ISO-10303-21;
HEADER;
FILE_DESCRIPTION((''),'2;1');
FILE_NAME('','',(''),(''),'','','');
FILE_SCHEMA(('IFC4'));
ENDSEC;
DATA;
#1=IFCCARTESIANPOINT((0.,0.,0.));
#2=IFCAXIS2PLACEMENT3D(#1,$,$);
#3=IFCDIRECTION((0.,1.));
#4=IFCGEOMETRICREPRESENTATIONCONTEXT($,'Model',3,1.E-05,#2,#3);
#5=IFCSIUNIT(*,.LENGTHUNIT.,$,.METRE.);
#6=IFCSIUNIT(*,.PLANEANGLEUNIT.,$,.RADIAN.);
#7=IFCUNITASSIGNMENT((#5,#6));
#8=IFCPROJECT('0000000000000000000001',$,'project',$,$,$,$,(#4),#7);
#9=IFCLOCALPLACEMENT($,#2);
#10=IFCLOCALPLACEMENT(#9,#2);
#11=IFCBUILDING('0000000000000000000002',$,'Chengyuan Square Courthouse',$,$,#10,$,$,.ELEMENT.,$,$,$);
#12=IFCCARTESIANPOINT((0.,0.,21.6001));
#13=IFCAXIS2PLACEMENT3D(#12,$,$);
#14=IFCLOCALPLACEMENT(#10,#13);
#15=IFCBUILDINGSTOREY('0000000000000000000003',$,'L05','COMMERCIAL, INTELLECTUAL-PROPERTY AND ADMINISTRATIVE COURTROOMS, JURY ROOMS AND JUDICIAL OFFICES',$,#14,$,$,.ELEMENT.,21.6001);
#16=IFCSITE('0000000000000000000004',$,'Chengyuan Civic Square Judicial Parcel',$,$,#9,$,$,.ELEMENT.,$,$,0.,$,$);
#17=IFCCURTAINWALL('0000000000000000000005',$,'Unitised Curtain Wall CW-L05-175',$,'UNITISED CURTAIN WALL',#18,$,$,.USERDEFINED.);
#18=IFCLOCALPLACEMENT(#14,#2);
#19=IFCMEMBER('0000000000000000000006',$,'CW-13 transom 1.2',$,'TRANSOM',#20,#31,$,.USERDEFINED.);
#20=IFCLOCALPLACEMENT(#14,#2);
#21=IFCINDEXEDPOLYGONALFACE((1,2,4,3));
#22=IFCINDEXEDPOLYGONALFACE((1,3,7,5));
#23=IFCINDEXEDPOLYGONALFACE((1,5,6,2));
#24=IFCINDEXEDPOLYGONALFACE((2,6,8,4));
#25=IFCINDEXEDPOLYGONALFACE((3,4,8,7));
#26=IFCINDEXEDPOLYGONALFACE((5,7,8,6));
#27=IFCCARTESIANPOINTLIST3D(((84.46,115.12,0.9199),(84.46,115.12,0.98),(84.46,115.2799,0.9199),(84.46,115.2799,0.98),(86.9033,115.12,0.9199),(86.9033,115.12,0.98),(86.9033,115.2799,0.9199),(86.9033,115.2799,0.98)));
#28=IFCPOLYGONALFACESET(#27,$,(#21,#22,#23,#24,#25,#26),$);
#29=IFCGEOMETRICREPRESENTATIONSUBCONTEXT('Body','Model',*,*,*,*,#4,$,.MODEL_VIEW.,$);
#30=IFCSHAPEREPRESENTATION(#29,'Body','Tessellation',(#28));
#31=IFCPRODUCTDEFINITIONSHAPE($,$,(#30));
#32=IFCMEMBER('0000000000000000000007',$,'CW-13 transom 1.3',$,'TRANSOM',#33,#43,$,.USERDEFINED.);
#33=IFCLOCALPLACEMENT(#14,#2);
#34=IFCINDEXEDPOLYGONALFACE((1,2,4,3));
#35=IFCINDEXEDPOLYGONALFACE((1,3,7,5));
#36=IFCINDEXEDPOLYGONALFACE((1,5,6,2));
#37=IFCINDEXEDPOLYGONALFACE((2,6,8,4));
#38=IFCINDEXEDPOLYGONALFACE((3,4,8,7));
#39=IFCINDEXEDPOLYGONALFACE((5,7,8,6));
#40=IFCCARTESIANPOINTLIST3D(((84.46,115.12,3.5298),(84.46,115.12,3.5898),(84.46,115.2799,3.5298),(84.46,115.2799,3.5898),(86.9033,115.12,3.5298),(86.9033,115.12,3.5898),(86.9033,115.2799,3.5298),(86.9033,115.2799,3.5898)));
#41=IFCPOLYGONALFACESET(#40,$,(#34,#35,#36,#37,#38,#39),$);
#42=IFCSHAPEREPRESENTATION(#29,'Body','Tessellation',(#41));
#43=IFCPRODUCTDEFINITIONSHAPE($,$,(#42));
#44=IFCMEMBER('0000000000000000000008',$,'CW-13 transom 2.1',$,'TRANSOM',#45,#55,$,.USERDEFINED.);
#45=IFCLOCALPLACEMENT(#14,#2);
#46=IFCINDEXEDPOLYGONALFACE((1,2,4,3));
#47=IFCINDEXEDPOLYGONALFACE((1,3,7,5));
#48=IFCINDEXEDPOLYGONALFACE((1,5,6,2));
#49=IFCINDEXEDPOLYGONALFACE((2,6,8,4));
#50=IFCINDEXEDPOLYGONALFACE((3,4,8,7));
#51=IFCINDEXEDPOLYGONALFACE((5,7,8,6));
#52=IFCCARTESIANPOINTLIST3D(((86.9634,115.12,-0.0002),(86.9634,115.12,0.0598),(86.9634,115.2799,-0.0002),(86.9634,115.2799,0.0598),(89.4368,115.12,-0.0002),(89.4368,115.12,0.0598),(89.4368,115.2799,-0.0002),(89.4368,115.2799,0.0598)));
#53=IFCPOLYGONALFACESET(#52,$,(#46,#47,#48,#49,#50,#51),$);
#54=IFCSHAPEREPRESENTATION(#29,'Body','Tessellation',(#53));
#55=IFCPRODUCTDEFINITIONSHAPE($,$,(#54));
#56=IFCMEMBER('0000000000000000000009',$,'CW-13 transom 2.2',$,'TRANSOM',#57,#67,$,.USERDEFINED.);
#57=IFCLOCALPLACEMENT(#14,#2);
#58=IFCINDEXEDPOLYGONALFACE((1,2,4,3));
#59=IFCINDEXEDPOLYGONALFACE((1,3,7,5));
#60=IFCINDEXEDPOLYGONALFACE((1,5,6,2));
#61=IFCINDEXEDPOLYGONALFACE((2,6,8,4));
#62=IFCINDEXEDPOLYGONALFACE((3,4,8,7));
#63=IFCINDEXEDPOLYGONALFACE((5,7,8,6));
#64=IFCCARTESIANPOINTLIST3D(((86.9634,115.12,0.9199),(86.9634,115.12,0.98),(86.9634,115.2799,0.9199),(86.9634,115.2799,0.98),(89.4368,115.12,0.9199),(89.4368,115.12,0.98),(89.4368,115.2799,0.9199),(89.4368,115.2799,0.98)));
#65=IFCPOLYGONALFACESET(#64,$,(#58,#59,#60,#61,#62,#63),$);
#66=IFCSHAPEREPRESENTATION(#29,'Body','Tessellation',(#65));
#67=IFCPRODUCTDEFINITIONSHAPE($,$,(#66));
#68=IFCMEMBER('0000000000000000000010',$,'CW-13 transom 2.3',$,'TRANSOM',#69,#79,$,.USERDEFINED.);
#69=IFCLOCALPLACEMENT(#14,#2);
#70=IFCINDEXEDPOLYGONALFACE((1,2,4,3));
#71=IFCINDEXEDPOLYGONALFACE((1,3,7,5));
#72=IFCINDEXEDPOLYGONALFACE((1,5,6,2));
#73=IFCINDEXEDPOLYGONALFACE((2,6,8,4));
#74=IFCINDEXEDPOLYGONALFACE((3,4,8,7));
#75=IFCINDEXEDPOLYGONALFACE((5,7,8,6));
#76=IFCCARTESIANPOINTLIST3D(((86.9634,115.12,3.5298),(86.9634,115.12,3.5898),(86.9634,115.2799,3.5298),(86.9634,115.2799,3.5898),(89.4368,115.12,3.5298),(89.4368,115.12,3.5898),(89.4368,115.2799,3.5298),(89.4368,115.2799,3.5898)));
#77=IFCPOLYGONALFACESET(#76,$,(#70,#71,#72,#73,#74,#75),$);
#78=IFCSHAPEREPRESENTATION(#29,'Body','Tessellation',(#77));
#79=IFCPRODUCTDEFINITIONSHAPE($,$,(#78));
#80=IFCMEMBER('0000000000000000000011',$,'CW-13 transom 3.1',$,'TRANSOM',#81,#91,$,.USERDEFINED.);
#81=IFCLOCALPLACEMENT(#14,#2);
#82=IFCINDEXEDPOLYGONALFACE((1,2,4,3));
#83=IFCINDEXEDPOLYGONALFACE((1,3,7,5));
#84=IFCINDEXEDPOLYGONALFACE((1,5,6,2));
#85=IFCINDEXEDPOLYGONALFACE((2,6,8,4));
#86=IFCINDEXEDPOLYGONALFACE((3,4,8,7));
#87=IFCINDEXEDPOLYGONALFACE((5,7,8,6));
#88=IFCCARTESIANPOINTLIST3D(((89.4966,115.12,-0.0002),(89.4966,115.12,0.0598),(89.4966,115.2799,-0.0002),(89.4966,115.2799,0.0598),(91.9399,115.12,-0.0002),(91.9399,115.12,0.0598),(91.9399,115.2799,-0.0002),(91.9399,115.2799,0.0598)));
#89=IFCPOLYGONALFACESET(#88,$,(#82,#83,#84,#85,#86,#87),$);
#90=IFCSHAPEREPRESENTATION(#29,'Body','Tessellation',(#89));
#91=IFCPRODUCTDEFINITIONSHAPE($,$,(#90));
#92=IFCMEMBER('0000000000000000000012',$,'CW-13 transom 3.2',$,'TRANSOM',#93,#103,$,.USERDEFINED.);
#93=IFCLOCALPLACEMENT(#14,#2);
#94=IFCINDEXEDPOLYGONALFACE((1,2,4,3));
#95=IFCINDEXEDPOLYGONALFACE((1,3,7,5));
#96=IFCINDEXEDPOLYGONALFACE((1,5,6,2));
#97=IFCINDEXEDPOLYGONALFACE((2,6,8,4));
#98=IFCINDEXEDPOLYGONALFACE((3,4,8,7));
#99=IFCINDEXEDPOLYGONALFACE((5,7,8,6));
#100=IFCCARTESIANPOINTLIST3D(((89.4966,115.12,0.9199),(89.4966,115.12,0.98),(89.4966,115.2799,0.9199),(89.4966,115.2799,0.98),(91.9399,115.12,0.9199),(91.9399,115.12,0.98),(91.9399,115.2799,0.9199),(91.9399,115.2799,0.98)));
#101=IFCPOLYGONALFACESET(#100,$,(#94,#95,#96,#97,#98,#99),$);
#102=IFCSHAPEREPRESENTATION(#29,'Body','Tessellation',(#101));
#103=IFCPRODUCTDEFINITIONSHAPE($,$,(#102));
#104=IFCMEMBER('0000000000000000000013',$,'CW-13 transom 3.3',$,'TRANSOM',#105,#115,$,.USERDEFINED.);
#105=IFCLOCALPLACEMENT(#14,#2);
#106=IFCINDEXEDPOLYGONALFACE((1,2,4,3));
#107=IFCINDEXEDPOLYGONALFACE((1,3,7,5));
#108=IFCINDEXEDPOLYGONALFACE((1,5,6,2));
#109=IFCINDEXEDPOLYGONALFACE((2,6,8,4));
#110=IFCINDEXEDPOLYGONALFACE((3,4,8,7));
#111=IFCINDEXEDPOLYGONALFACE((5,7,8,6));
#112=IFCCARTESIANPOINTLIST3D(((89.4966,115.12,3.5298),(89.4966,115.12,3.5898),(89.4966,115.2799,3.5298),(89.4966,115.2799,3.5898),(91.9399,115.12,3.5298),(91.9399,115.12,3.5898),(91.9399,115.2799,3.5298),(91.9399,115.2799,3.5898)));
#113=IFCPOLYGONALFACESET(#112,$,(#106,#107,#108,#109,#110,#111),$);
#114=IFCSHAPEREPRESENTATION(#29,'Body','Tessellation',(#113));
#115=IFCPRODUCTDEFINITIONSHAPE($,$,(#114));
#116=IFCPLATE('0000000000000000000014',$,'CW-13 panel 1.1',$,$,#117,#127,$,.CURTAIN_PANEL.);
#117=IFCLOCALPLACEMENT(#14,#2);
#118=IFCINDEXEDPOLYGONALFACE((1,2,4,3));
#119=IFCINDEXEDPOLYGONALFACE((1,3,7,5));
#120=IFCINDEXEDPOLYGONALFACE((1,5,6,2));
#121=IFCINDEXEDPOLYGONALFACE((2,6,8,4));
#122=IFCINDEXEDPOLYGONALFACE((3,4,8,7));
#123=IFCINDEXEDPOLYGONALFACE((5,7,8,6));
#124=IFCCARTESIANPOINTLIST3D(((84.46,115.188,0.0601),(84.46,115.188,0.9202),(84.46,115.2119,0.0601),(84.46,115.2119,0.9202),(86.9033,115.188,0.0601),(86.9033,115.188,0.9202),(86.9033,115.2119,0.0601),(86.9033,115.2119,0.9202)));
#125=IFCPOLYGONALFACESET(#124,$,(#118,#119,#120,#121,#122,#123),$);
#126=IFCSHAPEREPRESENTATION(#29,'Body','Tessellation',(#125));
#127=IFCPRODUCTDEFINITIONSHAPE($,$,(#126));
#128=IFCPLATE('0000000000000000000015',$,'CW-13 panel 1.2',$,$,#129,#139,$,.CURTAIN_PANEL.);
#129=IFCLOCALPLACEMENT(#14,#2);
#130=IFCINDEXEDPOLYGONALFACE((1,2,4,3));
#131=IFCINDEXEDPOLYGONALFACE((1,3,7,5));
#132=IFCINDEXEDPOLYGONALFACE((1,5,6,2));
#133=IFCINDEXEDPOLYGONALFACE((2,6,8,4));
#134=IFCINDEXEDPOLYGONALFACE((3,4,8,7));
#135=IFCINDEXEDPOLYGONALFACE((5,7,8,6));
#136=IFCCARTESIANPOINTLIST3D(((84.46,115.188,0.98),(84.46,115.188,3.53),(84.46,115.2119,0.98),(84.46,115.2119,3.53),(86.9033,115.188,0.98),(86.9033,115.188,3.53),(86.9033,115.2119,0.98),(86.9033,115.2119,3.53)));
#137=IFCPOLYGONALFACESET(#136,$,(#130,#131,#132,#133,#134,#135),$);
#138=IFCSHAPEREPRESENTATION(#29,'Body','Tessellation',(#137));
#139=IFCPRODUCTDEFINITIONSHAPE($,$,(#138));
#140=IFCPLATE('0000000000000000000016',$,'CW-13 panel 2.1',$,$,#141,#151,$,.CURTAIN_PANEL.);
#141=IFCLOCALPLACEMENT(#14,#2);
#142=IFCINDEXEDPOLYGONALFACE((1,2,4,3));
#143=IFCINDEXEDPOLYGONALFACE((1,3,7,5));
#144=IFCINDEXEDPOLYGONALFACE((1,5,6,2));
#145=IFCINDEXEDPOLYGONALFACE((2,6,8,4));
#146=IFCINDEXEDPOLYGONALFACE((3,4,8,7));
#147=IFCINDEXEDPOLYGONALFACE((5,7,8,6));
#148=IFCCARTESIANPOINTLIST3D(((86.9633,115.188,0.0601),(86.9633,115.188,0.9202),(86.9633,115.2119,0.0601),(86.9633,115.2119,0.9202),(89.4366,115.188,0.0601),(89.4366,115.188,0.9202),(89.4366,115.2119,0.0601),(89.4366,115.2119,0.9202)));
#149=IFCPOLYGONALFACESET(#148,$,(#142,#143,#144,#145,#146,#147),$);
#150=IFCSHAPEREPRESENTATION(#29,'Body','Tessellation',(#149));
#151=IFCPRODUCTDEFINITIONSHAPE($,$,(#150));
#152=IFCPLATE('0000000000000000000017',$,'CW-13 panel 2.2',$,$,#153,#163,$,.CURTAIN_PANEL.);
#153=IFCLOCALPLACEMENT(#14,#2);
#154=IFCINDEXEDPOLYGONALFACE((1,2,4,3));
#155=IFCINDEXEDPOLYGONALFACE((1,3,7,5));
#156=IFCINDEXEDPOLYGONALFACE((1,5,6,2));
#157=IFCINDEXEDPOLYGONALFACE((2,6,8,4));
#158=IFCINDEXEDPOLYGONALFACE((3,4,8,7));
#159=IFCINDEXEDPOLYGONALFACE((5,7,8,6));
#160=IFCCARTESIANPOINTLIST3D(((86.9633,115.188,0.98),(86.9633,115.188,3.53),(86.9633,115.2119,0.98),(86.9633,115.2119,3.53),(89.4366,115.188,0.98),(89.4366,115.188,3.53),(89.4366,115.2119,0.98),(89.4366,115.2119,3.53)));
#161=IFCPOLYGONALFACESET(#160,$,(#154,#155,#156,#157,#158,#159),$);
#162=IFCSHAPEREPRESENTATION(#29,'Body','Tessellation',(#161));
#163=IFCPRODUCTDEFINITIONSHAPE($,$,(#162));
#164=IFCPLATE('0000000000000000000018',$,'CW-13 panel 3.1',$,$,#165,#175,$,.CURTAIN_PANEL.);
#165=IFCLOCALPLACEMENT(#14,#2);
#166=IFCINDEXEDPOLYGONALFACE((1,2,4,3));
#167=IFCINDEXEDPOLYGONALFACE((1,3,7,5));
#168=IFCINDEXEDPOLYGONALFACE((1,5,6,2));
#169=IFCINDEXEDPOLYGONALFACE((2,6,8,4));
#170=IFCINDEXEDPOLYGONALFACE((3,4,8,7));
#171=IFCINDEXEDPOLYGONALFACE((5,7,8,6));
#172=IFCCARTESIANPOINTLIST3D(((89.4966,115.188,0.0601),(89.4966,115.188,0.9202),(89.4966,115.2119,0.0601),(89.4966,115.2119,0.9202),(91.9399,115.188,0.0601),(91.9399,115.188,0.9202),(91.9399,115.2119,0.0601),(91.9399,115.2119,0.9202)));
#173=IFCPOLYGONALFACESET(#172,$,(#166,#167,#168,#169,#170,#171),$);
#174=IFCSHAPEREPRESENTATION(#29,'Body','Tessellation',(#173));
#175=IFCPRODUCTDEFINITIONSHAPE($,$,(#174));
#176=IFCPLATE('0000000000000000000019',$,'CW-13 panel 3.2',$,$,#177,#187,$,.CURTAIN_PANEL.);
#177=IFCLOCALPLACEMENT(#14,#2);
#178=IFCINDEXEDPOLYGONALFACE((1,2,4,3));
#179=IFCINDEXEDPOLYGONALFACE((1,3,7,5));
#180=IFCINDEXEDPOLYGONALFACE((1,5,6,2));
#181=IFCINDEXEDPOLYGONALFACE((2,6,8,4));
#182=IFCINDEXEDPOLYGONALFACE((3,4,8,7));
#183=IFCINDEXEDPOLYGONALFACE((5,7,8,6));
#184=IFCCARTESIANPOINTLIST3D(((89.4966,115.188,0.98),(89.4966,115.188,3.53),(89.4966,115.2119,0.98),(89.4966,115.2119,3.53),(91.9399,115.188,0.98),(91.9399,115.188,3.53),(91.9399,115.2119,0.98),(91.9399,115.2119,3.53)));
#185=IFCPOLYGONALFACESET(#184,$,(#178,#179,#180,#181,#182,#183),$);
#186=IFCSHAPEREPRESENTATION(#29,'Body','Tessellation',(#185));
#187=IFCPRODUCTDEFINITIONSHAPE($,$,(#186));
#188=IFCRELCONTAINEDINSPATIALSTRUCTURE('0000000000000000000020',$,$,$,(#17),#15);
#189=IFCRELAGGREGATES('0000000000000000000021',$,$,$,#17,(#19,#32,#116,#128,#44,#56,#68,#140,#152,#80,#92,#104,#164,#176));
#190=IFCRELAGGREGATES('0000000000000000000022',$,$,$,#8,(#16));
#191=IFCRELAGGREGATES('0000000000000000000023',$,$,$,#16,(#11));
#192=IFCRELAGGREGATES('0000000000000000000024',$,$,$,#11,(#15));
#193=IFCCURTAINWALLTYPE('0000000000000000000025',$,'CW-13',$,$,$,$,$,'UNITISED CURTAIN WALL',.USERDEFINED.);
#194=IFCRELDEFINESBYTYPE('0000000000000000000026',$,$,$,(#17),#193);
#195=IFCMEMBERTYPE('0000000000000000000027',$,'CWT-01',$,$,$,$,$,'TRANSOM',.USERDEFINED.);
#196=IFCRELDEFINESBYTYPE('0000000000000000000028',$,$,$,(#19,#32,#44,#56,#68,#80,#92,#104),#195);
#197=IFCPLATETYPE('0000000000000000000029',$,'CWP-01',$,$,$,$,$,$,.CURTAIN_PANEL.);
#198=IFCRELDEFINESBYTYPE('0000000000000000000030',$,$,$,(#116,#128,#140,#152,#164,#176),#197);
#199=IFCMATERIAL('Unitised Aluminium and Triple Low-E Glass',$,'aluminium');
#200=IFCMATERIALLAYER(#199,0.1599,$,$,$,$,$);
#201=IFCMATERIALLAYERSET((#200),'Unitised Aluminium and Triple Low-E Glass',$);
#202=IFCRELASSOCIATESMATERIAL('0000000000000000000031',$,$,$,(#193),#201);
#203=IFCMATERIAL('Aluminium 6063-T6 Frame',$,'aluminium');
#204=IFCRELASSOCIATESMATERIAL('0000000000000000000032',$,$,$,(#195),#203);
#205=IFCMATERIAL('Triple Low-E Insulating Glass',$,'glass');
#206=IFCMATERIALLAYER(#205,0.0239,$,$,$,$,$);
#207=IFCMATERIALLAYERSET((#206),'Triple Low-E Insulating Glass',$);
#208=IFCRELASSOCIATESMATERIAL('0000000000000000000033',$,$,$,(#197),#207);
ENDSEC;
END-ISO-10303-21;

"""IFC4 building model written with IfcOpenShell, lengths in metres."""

from ifc_helpers import new_model, si_unit, direction, frame, origin, origin_2d, place, context, subcontext, project, spatial, rectangle, extrude, material, layer, layer_set, material_profile, profile_set, type_object, element, aggregate, save


model = new_model("IFC4")

# Units and contexts
model_context = context("Model", 3, precision=1e-05, world=origin(), true_north=direction((0.0, 1.0)))
body_context = subcontext(model_context, "Body", "Model", "MODEL_VIEW")
ifc_project = project(units=[si_unit("LENGTHUNIT", "METRE"), si_unit("PLANEANGLEUNIT", "RADIAN")], contexts=[model_context])

# Site, building, storey
site_placement = place(None, origin())
site = spatial("IfcSite", under=ifc_project, at=site_placement, Name="Chengyuan Civic Square Judicial Parcel", CompositionType="ELEMENT", RefElevation=0.0)
building_placement = place(site_placement, origin())
building = spatial("IfcBuilding", under=site, at=building_placement, Name="Chengyuan Square Courthouse", CompositionType="ELEMENT")
storey_placement = place(building_placement, frame((0.0, 0.0, 21.6001)))
storey = spatial("IfcBuildingStorey", under=building, at=storey_placement, Name="L05", Description="COMMERCIAL, INTELLECTUAL-PROPERTY AND ADMINISTRATIVE COURTROOMS, JURY ROOMS AND JUDICIAL OFFICES", CompositionType="ELEMENT", Elevation=21.6001)

# Curtain wall, members, plates
ifc_material_1 = material(Name="Unitised Aluminium and Triple Low-E Glass", Category="aluminium")
ifc_layer_1 = layer(ifc_material_1, 0.1599)
ifc_layer_set_1 = layer_set([ifc_layer_1], Name="Unitised Aluminium and Triple Low-E Glass")
curtain_wall_type = type_object("IfcCurtainWallType", Name="CW-13", ElementType="UNITISED CURTAIN WALL", PredefinedType="USERDEFINED", material=ifc_layer_set_1)
curtain_wall_placement = place(storey_placement, origin())
curtain_wall = element("IfcCurtainWall", 1, at=curtain_wall_placement, inside=storey, type_object=curtain_wall_type, Name="Unitised Curtain Wall CW-L05-175", ObjectType="UNITISED CURTAIN WALL", PredefinedType="USERDEFINED")
ifc_material_2 = material(Name="Aluminium 6063-T6 Frame", Category="aluminium")
ifc_material_profile_1 = material_profile(ifc_material_2, rectangle(XDim=0.1599, YDim=0.0601, at=origin_2d()), Name="CW-TRN-60x120")
ifc_profile_set_1 = profile_set([ifc_material_profile_1], Name="Aluminium 6063-T6 Frame")
member_type_1 = type_object("IfcMemberType", Name="CWT-01", ElementType="TRANSOM", PredefinedType="USERDEFINED", material=ifc_profile_set_1)
member_1_placement = place(storey_placement, frame((84.46, 115.2, 0.95), z_axis=(1.0, 0.0, 0.0), x_axis=(0.0, 1.0, 0.0)))
member_1 = element("IfcMember", 2, at=member_1_placement, type_object=member_type_1, Name="CW-13 transom 1.2", ObjectType="TRANSOM", PredefinedType="USERDEFINED", context=body_context, shape_type="SweptSolid", body=[
    extrude(rectangle(XDim=0.1599, YDim=0.0601, at=origin_2d()), origin(), (0.0, 0.0, 1.0), 2.4434),
])
member_2_placement = place(storey_placement, frame((84.46, 115.2, 3.5598), z_axis=(1.0, 0.0, 0.0), x_axis=(0.0, 1.0, 0.0)))
member_2 = element("IfcMember", 3, at=member_2_placement, type_object=member_type_1, Name="CW-13 transom 1.3", ObjectType="TRANSOM", PredefinedType="USERDEFINED", context=body_context, shape_type="SweptSolid", body=[
    extrude(rectangle(XDim=0.1599, YDim=0.0601, at=origin_2d()), origin(), (0.0, 0.0, 1.0), 2.4434),
])
member_3_placement = place(storey_placement, frame((86.9634, 115.2, 0.0298), z_axis=(1.0, 0.0, 0.0), x_axis=(0.0, 1.0, 0.0)))
member_3 = element("IfcMember", 4, at=member_3_placement, type_object=member_type_1, Name="CW-13 transom 2.1", ObjectType="TRANSOM", PredefinedType="USERDEFINED", context=body_context, shape_type="SweptSolid", body=[
    extrude(rectangle(XDim=0.1599, YDim=0.0601, at=origin_2d()), origin(), (0.0, 0.0, 1.0), 2.4734),
])
member_4_placement = place(storey_placement, frame((86.9634, 115.2, 0.95), z_axis=(1.0, 0.0, 0.0), x_axis=(0.0, 1.0, 0.0)))
member_4 = element("IfcMember", 5, at=member_4_placement, type_object=member_type_1, Name="CW-13 transom 2.2", ObjectType="TRANSOM", PredefinedType="USERDEFINED", context=body_context, shape_type="SweptSolid", body=[
    extrude(rectangle(XDim=0.1599, YDim=0.0601, at=origin_2d()), origin(), (0.0, 0.0, 1.0), 2.4734),
])
member_5_placement = place(storey_placement, frame((86.9634, 115.2, 3.5598), z_axis=(1.0, 0.0, 0.0), x_axis=(0.0, 1.0, 0.0)))
member_5 = element("IfcMember", 6, at=member_5_placement, type_object=member_type_1, Name="CW-13 transom 2.3", ObjectType="TRANSOM", PredefinedType="USERDEFINED", context=body_context, shape_type="SweptSolid", body=[
    extrude(rectangle(XDim=0.1599, YDim=0.0601, at=origin_2d()), origin(), (0.0, 0.0, 1.0), 2.4734),
])
member_6_placement = place(storey_placement, frame((89.4966, 115.2, 0.0298), z_axis=(1.0, 0.0, 0.0), x_axis=(0.0, 1.0, 0.0)))
member_6 = element("IfcMember", 7, at=member_6_placement, type_object=member_type_1, Name="CW-13 transom 3.1", ObjectType="TRANSOM", PredefinedType="USERDEFINED", context=body_context, shape_type="SweptSolid", body=[
    extrude(rectangle(XDim=0.1599, YDim=0.0601, at=origin_2d()), origin(), (0.0, 0.0, 1.0), 2.4434),
])
member_7_placement = place(storey_placement, frame((89.4966, 115.2, 0.95), z_axis=(1.0, 0.0, 0.0), x_axis=(0.0, 1.0, 0.0)))
member_7 = element("IfcMember", 8, at=member_7_placement, type_object=member_type_1, Name="CW-13 transom 3.2", ObjectType="TRANSOM", PredefinedType="USERDEFINED", context=body_context, shape_type="SweptSolid", body=[
    extrude(rectangle(XDim=0.1599, YDim=0.0601, at=origin_2d()), origin(), (0.0, 0.0, 1.0), 2.4434),
])
member_8_placement = place(storey_placement, frame((89.4966, 115.2, 3.5598), z_axis=(1.0, 0.0, 0.0), x_axis=(0.0, 1.0, 0.0)))
member_8 = element("IfcMember", 9, at=member_8_placement, type_object=member_type_1, Name="CW-13 transom 3.3", ObjectType="TRANSOM", PredefinedType="USERDEFINED", context=body_context, shape_type="SweptSolid", body=[
    extrude(rectangle(XDim=0.1599, YDim=0.0601, at=origin_2d()), origin(), (0.0, 0.0, 1.0), 2.4434),
])
ifc_material_3 = material(Name="Triple Low-E Insulating Glass", Category="glass")
ifc_layer_2 = layer(ifc_material_3, 0.0239)
ifc_layer_set_2 = layer_set([ifc_layer_2], Name="Triple Low-E Insulating Glass")
plate_type = type_object("IfcPlateType", Name="CWP-01", PredefinedType="CURTAIN_PANEL", material=ifc_layer_set_2)
plate_1_placement = place(storey_placement, frame((85.6816, 115.2, 0.0601), z_axis=(0.0, 0.0, 1.0), x_axis=(1.0, 0.0, 0.0)))
plate_1 = element("IfcPlate", 10, at=plate_1_placement, type_object=plate_type, Name="CW-13 panel 1.1", PredefinedType="CURTAIN_PANEL", context=body_context, shape_type="SweptSolid", body=[
    extrude(rectangle(XDim=2.4434, YDim=0.0239, at=origin_2d()), origin(), (0.0, 0.0, 1.0), 0.8601),
])
plate_2_placement = place(storey_placement, frame((85.6816, 115.2, 0.98), z_axis=(0.0, 0.0, 1.0), x_axis=(1.0, 0.0, 0.0)))
plate_2 = element("IfcPlate", 11, at=plate_2_placement, type_object=plate_type, Name="CW-13 panel 1.2", PredefinedType="CURTAIN_PANEL", context=body_context, shape_type="SweptSolid", body=[
    extrude(rectangle(XDim=2.4434, YDim=0.0239, at=origin_2d()), origin(), (0.0, 0.0, 1.0), 2.55),
])
plate_3_placement = place(storey_placement, frame((88.2, 115.2, 0.0601), z_axis=(0.0, 0.0, 1.0), x_axis=(1.0, 0.0, 0.0)))
plate_3 = element("IfcPlate", 12, at=plate_3_placement, type_object=plate_type, Name="CW-13 panel 2.1", PredefinedType="CURTAIN_PANEL", context=body_context, shape_type="SweptSolid", body=[
    extrude(rectangle(XDim=2.4734, YDim=0.0239, at=origin_2d()), origin(), (0.0, 0.0, 1.0), 0.8601),
])
plate_4_placement = place(storey_placement, frame((88.2, 115.2, 0.98), z_axis=(0.0, 0.0, 1.0), x_axis=(1.0, 0.0, 0.0)))
plate_4 = element("IfcPlate", 13, at=plate_4_placement, type_object=plate_type, Name="CW-13 panel 2.2", PredefinedType="CURTAIN_PANEL", context=body_context, shape_type="SweptSolid", body=[
    extrude(rectangle(XDim=2.4734, YDim=0.0239, at=origin_2d()), origin(), (0.0, 0.0, 1.0), 2.55),
])
plate_5_placement = place(storey_placement, frame((90.7183, 115.2, 0.0601), z_axis=(0.0, 0.0, 1.0), x_axis=(1.0, 0.0, 0.0)))
plate_5 = element("IfcPlate", 14, at=plate_5_placement, type_object=plate_type, Name="CW-13 panel 3.1", PredefinedType="CURTAIN_PANEL", context=body_context, shape_type="SweptSolid", body=[
    extrude(rectangle(XDim=2.4434, YDim=0.0239, at=origin_2d()), origin(), (0.0, 0.0, 1.0), 0.8601),
])
plate_6_placement = place(storey_placement, frame((90.7183, 115.2, 0.98), z_axis=(0.0, 0.0, 1.0), x_axis=(1.0, 0.0, 0.0)))
plate_6 = element("IfcPlate", 15, at=plate_6_placement, type_object=plate_type, Name="CW-13 panel 3.2", PredefinedType="CURTAIN_PANEL", context=body_context, shape_type="SweptSolid", body=[
    extrude(rectangle(XDim=2.4434, YDim=0.0239, at=origin_2d()), origin(), (0.0, 0.0, 1.0), 2.55),
])
aggregate(curtain_wall, [member_1, member_2, plate_1, plate_2, member_3, member_4, member_5, plate_3, plate_4, member_6, member_7, member_8, plate_5, plate_6])

save(model, "model.ifc")
